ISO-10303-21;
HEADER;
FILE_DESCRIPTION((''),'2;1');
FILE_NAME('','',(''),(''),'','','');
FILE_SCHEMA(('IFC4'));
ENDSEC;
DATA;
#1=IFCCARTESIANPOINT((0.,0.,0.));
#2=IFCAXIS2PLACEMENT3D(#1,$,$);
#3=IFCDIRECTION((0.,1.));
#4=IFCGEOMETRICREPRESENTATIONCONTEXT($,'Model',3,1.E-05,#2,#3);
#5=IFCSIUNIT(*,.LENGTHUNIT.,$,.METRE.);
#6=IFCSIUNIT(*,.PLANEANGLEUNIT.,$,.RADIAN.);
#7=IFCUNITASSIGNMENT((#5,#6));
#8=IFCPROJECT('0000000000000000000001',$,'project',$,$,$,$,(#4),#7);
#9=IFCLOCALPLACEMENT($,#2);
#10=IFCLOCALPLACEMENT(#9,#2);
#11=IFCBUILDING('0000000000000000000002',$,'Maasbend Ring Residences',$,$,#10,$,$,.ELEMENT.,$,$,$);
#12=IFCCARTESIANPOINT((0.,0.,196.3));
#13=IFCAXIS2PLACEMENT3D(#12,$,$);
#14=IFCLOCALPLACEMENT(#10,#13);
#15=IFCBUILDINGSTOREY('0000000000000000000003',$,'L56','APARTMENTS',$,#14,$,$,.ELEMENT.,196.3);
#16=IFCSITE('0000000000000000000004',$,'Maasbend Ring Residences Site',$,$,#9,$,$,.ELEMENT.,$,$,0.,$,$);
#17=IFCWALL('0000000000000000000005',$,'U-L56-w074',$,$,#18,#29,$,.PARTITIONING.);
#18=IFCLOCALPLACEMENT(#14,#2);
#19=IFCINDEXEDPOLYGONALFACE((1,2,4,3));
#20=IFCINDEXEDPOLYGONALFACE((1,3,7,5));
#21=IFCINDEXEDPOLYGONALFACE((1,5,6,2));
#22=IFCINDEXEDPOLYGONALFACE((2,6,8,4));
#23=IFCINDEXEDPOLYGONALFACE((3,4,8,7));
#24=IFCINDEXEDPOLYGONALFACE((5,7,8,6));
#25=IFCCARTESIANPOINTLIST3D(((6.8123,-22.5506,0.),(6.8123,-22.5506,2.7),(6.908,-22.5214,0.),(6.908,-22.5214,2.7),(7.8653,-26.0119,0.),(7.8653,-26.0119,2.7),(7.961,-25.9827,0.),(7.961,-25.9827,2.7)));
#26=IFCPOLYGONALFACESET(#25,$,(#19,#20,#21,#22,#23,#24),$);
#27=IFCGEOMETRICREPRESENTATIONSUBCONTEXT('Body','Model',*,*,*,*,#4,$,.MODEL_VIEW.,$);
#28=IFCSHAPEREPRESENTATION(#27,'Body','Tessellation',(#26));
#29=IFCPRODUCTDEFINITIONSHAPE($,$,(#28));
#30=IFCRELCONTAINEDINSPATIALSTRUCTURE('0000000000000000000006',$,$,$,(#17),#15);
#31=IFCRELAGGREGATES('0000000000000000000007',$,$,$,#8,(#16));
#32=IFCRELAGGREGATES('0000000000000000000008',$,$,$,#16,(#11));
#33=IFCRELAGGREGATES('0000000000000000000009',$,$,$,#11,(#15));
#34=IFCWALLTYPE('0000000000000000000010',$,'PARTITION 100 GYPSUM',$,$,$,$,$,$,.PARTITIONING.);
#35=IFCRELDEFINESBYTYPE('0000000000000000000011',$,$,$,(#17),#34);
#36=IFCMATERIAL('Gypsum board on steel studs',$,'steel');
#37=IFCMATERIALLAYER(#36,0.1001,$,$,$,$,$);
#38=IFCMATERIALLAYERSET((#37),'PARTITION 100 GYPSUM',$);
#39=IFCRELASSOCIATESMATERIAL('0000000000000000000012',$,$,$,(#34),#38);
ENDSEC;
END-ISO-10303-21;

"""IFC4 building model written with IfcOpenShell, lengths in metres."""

from ifc_helpers import new_model, si_unit, direction, frame, frame_2d, origin, place, context, subcontext, project, spatial, rectangle, extrude, material, layer, layer_set, type_object, element, save


model = new_model("IFC4")

# Units and contexts
model_context = context("Model", 3, precision=1e-05, world=origin(), true_north=direction((0.0, 1.0)))
body_context = subcontext(model_context, "Body", "Model", "MODEL_VIEW")
ifc_project = project(units=[si_unit("LENGTHUNIT", "METRE"), si_unit("PLANEANGLEUNIT", "RADIAN")], contexts=[model_context])

# Site, building, storey
site_placement = place(None, origin())
site = spatial("IfcSite", under=ifc_project, at=site_placement, Name="Maasbend Ring Residences Site", CompositionType="ELEMENT", RefElevation=0.0)
building_placement = place(site_placement, origin())
building = spatial("IfcBuilding", under=site, at=building_placement, Name="Maasbend Ring Residences", CompositionType="ELEMENT")
storey_placement = place(building_placement, frame((0.0, 0.0, 196.3)))
storey = spatial("IfcBuildingStorey", under=building, at=storey_placement, Name="L56", Description="APARTMENTS", CompositionType="ELEMENT", Elevation=196.3)

# Shared definitions
ifc_material_1 = material(Name="Gypsum board on steel studs", Category="steel")
ifc_layer_1 = layer(ifc_material_1, 0.1001)
ifc_layer_set_1 = layer_set([ifc_layer_1], Name="PARTITION 100 GYPSUM")
wall_type_1 = type_object("IfcWallType", Name="PARTITION 100 GYPSUM", PredefinedType="PARTITIONING", material=ifc_layer_set_1)

# Wall
wall_1_placement = place(storey_placement, frame((6.8601, -22.5359, 0.0), z_axis=(0.0, 0.0, 1.0), x_axis=(0.291054, -0.956707, 0.0)))
element("IfcWall", 1, at=wall_1_placement, inside=storey, type_object=wall_type_1, Name="U-L56-w074", PredefinedType="PARTITIONING", context=body_context, shape_type="SweptSolid", body=[
    extrude(rectangle(XDim=3.6179, YDim=0.1001, at=frame_2d((1.8091, 0.0))), origin(), (0.0, 0.0, 1.0), 2.7),
])

save(model, "model.ifc")
